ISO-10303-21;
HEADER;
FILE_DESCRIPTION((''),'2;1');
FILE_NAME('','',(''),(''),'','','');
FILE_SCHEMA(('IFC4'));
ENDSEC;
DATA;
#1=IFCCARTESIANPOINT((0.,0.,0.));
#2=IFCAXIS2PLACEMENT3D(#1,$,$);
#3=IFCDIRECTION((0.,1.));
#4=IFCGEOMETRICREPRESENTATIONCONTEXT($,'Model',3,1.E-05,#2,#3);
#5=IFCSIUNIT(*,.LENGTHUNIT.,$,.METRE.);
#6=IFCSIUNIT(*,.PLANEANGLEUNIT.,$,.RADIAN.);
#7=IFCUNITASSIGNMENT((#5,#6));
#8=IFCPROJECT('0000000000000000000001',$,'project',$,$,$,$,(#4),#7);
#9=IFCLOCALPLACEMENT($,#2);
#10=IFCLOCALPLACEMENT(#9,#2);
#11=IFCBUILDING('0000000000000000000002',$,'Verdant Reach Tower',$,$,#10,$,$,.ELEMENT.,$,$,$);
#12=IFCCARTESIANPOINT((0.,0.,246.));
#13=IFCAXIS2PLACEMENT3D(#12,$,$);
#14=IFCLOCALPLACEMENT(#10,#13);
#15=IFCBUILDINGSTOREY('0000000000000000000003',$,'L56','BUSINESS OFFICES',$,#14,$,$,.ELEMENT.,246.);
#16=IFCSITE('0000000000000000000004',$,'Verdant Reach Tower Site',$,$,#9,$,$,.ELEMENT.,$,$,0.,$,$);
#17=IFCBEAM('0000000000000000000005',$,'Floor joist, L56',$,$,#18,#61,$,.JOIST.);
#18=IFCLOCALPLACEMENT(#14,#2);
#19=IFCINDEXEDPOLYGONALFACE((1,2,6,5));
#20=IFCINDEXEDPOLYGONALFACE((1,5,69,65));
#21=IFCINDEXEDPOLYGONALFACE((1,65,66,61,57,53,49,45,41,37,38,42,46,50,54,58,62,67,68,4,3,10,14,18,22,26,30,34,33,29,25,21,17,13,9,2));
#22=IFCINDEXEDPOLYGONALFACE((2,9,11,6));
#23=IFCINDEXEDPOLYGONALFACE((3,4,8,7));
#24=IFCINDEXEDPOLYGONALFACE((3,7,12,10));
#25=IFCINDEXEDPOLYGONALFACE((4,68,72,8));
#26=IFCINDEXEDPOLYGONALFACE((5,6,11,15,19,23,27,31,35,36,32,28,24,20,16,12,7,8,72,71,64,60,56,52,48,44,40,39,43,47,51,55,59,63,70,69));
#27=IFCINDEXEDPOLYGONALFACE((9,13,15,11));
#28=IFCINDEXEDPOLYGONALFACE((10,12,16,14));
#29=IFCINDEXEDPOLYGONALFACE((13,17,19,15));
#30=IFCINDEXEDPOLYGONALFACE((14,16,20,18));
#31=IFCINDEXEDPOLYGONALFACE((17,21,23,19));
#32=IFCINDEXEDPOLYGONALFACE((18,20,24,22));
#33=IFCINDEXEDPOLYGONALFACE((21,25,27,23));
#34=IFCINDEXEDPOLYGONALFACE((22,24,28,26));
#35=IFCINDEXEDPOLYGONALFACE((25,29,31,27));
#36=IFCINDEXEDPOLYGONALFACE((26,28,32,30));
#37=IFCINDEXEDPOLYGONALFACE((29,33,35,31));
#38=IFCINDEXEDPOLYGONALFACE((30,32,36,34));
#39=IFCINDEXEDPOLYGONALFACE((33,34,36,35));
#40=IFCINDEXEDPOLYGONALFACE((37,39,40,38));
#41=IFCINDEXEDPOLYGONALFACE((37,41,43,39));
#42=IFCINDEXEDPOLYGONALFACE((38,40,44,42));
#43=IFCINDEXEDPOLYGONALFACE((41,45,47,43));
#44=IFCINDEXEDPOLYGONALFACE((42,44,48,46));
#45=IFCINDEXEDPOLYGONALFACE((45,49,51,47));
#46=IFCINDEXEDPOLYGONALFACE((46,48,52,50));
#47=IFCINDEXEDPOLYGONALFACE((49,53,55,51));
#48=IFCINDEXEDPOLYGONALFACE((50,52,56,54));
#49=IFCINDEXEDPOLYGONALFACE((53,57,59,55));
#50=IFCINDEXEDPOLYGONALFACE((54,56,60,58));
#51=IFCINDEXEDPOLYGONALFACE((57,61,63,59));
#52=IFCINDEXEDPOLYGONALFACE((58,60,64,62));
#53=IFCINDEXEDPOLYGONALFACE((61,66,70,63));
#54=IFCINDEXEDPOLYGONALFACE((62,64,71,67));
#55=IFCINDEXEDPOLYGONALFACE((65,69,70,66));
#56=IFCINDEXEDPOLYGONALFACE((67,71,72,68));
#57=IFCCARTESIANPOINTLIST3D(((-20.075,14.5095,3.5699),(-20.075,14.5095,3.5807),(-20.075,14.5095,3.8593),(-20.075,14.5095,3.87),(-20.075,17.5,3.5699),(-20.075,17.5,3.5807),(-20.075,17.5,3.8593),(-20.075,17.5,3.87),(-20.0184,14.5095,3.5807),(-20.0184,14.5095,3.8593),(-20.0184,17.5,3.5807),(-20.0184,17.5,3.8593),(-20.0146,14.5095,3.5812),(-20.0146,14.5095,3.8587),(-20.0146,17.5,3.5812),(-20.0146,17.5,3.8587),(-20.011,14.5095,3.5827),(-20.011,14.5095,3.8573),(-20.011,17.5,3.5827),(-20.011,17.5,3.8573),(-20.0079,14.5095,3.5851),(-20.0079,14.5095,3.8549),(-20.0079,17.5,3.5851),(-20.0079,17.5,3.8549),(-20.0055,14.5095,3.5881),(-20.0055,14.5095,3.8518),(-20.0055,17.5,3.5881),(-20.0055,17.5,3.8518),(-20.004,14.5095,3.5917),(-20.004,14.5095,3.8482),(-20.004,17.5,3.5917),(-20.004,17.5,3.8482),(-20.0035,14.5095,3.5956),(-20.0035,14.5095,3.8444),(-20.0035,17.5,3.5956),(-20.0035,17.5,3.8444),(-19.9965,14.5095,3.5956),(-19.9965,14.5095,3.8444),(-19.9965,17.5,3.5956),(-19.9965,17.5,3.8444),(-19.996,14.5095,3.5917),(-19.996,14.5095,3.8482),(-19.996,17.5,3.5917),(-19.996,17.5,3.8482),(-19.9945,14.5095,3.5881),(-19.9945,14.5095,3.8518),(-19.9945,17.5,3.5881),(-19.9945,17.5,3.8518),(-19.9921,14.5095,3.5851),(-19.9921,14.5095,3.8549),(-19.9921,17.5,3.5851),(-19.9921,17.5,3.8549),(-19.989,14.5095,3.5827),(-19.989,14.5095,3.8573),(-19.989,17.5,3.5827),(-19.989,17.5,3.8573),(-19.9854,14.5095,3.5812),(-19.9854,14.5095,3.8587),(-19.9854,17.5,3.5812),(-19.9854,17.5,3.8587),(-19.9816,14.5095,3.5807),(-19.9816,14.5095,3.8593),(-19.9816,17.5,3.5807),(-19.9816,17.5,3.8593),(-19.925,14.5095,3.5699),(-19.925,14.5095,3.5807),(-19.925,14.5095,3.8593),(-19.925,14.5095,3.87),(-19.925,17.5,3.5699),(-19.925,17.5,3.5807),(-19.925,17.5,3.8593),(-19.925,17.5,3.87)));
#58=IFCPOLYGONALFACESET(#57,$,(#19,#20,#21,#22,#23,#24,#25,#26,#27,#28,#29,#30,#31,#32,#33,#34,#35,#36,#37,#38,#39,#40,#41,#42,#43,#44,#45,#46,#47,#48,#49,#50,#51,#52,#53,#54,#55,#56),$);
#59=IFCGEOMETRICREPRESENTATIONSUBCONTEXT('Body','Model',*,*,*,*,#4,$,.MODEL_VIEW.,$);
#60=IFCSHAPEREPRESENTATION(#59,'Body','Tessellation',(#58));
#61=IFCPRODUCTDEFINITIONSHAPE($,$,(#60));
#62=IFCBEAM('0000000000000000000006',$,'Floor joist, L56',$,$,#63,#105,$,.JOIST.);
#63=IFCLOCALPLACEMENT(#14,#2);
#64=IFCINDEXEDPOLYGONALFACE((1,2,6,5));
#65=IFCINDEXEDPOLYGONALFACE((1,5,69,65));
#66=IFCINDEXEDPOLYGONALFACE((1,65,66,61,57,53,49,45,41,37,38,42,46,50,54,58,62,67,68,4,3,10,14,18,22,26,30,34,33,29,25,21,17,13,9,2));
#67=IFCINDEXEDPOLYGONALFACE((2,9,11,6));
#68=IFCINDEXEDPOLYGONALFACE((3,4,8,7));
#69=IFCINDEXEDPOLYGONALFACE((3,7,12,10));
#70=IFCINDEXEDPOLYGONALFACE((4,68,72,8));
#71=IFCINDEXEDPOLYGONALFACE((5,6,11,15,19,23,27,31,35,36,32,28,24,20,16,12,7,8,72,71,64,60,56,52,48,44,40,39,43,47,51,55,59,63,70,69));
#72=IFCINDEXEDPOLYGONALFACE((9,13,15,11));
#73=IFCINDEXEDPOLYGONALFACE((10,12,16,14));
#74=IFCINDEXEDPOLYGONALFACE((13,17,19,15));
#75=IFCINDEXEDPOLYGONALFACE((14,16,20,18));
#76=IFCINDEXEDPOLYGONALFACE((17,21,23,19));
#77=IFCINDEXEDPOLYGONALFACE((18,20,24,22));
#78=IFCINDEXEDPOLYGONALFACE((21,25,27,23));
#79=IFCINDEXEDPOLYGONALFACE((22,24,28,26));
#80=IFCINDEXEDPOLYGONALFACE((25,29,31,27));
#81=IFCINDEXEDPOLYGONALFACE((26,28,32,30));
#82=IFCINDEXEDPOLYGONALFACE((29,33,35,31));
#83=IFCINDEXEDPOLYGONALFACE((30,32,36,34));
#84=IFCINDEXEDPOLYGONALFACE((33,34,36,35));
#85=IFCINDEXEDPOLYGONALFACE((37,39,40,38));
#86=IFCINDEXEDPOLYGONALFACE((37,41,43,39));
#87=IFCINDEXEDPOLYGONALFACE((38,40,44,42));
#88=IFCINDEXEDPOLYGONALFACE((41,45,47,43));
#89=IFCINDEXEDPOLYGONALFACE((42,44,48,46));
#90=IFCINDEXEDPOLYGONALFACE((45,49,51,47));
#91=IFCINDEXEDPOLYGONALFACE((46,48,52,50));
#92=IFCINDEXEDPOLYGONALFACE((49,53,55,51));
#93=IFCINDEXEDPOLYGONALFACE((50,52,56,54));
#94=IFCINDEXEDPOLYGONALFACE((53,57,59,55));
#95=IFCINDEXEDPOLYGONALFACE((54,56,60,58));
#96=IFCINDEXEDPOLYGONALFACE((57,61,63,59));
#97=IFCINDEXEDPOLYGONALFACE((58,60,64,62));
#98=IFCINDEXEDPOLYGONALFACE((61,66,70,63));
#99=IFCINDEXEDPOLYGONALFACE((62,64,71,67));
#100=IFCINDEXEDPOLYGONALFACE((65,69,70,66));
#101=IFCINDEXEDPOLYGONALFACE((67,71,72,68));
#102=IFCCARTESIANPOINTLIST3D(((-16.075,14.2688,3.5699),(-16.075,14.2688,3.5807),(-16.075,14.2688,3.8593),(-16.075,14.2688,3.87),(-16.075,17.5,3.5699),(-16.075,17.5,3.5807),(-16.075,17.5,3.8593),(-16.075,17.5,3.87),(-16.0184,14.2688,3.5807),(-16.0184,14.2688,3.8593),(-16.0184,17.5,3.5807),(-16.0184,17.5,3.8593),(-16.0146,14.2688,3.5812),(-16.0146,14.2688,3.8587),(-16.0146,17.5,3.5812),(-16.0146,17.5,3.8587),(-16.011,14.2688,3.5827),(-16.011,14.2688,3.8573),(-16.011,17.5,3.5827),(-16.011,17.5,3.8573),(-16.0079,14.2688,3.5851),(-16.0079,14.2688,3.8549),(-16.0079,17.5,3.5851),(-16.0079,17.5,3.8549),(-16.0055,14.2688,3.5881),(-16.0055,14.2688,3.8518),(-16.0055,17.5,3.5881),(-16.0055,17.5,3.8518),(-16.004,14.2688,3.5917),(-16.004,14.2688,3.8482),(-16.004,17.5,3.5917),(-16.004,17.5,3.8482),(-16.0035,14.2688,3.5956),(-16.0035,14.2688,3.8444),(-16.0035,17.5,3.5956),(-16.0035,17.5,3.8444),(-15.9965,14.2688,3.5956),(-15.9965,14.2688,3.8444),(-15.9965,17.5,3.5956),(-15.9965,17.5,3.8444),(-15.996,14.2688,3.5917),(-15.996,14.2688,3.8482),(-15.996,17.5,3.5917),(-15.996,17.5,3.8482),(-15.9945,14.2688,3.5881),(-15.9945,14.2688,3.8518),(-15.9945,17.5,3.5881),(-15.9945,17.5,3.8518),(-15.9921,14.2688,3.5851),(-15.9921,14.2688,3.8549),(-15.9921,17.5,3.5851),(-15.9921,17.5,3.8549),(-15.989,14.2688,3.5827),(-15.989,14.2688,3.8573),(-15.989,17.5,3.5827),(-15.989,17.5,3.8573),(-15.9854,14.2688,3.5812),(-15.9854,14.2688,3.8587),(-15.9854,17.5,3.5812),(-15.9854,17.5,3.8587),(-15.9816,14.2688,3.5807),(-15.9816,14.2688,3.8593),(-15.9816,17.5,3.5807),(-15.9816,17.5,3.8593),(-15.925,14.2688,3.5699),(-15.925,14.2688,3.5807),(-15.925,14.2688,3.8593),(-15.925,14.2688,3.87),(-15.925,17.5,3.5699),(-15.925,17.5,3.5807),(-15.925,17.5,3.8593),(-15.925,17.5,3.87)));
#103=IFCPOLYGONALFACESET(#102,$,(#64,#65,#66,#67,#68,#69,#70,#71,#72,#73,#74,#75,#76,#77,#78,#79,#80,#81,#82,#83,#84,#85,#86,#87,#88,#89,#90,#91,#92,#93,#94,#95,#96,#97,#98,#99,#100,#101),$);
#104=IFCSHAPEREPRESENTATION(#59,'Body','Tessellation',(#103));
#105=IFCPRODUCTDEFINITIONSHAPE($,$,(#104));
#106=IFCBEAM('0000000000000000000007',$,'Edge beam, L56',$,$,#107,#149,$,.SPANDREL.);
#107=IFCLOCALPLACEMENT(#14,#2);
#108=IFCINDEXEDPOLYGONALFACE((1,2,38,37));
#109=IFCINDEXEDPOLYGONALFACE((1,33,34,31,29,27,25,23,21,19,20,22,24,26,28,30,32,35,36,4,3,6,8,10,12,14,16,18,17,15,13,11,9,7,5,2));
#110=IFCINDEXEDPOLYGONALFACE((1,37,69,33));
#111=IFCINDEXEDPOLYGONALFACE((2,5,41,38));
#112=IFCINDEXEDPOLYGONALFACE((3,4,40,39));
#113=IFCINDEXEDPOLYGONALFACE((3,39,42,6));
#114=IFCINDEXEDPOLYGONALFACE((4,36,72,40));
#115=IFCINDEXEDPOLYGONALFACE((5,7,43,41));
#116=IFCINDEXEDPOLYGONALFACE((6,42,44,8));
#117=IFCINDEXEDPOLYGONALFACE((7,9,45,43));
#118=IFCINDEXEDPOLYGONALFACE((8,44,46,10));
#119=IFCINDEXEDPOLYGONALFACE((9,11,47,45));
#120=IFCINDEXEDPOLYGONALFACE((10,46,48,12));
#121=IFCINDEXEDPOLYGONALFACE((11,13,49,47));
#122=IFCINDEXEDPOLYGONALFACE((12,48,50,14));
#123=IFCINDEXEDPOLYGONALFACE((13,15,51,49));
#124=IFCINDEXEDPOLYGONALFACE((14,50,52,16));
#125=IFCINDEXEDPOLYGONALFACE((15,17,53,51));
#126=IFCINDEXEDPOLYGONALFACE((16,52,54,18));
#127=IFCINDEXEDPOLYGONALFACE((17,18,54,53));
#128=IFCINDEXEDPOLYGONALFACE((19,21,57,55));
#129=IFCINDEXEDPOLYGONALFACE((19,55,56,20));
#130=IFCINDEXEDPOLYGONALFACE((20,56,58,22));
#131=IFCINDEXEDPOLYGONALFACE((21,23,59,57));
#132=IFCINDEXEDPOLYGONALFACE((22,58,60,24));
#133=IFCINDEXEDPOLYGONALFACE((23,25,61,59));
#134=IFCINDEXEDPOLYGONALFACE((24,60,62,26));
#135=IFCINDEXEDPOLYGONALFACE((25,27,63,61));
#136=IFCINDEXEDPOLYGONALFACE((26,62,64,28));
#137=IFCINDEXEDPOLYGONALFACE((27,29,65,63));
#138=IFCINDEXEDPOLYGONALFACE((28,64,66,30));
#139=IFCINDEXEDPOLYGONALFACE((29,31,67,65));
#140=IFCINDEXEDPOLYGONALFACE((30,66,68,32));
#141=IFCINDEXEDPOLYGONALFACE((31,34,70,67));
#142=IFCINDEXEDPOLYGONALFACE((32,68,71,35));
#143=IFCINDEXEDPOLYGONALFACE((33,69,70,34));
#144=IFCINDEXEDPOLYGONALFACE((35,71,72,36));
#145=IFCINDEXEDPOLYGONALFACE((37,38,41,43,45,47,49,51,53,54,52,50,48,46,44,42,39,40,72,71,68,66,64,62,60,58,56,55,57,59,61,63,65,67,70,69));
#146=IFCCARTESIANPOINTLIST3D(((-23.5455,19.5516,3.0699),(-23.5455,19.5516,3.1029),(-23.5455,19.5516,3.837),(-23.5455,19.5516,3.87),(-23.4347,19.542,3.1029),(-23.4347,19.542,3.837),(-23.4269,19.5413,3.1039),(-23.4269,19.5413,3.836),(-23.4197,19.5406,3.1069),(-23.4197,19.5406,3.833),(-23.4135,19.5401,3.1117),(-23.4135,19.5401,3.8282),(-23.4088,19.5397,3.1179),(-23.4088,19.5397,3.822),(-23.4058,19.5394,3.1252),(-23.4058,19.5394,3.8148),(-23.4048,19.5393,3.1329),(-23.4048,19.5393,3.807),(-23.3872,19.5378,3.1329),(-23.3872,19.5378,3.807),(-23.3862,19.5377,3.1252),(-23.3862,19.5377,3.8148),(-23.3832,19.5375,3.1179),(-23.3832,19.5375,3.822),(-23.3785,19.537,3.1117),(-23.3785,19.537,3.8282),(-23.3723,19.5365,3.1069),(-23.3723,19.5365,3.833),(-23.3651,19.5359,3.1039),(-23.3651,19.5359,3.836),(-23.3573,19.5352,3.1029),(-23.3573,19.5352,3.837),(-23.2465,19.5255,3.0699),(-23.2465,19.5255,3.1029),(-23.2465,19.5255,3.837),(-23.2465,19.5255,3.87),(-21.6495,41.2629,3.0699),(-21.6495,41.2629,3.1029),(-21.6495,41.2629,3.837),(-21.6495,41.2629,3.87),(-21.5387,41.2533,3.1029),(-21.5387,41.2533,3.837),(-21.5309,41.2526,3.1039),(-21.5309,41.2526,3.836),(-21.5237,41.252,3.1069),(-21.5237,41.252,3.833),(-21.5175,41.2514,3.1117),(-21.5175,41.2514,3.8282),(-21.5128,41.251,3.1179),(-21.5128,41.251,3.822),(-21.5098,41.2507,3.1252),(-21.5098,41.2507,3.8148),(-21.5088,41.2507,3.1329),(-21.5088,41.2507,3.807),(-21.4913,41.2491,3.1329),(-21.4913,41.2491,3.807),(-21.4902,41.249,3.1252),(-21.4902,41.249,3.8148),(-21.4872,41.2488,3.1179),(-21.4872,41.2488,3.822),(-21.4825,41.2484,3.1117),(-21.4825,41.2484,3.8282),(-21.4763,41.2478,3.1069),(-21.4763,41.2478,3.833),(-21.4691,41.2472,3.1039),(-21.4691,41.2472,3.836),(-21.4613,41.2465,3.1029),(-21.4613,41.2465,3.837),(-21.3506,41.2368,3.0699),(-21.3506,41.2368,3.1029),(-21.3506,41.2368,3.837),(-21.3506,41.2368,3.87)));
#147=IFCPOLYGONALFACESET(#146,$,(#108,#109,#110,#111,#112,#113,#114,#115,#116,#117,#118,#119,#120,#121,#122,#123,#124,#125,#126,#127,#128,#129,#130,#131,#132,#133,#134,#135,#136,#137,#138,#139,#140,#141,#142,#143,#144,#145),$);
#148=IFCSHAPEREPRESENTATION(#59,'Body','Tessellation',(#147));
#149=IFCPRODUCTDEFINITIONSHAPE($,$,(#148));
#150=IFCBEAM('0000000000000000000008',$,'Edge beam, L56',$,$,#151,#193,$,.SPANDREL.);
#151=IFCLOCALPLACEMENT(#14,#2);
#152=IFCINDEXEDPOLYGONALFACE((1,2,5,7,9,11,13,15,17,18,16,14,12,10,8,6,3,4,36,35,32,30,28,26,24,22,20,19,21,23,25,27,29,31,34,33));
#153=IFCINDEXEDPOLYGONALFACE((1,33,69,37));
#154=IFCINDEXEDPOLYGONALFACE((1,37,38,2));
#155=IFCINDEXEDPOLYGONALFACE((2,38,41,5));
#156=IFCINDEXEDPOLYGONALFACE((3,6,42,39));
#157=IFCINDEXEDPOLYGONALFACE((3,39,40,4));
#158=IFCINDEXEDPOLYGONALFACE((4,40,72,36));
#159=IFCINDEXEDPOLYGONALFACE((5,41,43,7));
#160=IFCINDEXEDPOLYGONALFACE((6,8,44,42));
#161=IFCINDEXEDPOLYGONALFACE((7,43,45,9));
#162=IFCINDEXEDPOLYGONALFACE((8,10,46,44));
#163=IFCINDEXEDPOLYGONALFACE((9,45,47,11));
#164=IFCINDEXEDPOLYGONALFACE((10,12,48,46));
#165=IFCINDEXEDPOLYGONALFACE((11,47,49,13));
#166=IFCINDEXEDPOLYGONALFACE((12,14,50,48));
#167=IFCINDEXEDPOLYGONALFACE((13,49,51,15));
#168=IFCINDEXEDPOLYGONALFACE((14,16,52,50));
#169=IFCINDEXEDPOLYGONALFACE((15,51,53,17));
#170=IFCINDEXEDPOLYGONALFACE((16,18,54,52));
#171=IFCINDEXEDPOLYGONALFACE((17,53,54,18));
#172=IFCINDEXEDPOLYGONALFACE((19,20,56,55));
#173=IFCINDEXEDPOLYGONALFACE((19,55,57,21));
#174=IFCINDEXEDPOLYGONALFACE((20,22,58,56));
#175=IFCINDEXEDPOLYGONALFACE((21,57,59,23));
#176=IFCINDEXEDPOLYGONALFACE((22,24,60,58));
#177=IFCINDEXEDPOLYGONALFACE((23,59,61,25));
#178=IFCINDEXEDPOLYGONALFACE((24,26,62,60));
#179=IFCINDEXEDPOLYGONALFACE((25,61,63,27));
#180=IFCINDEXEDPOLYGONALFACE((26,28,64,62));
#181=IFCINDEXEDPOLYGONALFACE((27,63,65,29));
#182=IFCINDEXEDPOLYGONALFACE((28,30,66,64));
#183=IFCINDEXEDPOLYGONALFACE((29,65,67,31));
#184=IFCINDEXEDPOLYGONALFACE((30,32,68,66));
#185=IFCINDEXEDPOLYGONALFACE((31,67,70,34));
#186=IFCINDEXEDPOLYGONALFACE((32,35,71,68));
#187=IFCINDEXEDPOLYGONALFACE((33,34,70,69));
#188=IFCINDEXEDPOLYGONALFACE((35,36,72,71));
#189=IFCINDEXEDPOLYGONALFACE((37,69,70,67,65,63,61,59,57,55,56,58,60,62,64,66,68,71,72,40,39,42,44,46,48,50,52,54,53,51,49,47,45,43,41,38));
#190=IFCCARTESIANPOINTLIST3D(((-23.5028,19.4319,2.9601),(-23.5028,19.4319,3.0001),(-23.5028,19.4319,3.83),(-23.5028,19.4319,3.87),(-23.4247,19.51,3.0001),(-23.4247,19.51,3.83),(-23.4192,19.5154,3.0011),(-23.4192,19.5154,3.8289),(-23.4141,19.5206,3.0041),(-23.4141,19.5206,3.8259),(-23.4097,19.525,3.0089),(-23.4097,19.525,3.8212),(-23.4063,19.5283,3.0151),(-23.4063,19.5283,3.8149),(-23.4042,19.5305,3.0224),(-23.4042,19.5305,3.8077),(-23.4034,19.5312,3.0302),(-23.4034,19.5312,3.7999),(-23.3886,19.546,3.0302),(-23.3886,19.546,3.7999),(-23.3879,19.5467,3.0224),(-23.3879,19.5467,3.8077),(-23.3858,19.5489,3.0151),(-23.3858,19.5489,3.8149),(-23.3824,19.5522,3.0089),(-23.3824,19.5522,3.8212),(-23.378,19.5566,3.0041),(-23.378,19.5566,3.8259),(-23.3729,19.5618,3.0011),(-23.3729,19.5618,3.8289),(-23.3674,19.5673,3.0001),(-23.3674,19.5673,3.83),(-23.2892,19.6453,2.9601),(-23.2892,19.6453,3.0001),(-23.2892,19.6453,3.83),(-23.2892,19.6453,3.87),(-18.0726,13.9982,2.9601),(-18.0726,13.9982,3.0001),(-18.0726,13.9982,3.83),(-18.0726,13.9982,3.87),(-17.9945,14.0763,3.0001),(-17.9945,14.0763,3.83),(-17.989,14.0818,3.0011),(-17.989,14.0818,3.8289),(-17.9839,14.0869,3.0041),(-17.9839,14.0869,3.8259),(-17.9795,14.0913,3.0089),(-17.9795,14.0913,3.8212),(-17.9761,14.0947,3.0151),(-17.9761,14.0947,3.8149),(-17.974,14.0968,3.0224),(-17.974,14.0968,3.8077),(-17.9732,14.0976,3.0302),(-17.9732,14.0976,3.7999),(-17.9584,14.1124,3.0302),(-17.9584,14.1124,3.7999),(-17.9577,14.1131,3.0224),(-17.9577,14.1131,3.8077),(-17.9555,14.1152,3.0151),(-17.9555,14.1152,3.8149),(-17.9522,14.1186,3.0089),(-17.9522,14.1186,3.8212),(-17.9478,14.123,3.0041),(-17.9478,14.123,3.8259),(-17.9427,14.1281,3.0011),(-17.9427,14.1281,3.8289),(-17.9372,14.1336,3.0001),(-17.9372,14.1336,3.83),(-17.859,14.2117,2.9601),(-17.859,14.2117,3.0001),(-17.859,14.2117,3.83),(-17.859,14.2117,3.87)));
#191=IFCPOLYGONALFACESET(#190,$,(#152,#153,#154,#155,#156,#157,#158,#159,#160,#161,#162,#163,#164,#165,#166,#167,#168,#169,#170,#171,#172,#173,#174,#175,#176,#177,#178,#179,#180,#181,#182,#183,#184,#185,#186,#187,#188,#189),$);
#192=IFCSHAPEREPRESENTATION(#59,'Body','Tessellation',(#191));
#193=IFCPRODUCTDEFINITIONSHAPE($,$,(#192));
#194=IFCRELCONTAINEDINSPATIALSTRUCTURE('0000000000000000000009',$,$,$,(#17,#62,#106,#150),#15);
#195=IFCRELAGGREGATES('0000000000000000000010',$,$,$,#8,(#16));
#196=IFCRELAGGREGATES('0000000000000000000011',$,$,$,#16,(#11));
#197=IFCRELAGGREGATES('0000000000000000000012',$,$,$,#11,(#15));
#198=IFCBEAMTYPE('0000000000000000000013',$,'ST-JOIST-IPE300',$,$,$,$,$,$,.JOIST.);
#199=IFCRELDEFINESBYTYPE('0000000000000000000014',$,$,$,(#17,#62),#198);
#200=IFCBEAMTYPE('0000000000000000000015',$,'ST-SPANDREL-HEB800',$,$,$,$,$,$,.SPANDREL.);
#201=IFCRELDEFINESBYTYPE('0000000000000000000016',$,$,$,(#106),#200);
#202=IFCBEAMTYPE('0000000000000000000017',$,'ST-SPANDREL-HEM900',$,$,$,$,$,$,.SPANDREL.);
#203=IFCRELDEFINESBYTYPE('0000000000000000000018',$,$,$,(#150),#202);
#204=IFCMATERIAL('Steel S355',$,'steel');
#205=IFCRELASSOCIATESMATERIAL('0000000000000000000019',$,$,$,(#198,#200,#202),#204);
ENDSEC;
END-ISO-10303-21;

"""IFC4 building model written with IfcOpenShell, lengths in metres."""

from ifc_helpers import new_model, si_unit, direction, frame, origin, origin_2d, place, context, subcontext, project, spatial, i_section, extrude, material, material_profile, profile_set, type_object, element, save


model = new_model("IFC4")

# Units and contexts
model_context = context("Model", 3, precision=1e-05, world=origin(), true_north=direction((0.0, 1.0)))
body_context = subcontext(model_context, "Body", "Model", "MODEL_VIEW")
ifc_project = project(units=[si_unit("LENGTHUNIT", "METRE"), si_unit("PLANEANGLEUNIT", "RADIAN")], contexts=[model_context])

# Site, building, storey
site_placement = place(None, origin())
site = spatial("IfcSite", under=ifc_project, at=site_placement, Name="Verdant Reach Tower Site", CompositionType="ELEMENT", RefElevation=0.0)
building_placement = place(site_placement, origin())
building = spatial("IfcBuilding", under=site, at=building_placement, Name="Verdant Reach Tower", CompositionType="ELEMENT")
storey_placement = place(building_placement, frame((0.0, 0.0, 246.0)))
storey = spatial("IfcBuildingStorey", under=building, at=storey_placement, Name="L56", Description="BUSINESS OFFICES", CompositionType="ELEMENT", Elevation=246.0)

# Beams
ifc_material_1 = material(Name="Steel S355", Category="steel")
ifc_material_profile_1 = material_profile(ifc_material_1, i_section(OverallWidth=0.1499, OverallDepth=0.3, WebThickness=0.0071, FlangeThickness=0.0107, FilletRadius=0.0149, at=origin_2d()), Name="IPE 300")
ifc_profile_set_1 = profile_set([ifc_material_profile_1], Name="Steel S355")
beam_type_1 = type_object("IfcBeamType", Name="ST-JOIST-IPE300", PredefinedType="JOIST", material=ifc_profile_set_1)
beam_1_placement = place(storey_placement, frame((-20.0, 17.5, 3.72), z_axis=(0.0, -1.0, 0.0), x_axis=(1.0, 0.0, 0.0)))
element("IfcBeam", 1, at=beam_1_placement, inside=storey, type_object=beam_type_1, Name="Floor joist, L56", PredefinedType="JOIST", context=body_context, shape_type="SweptSolid", body=[
    extrude(i_section(OverallWidth=0.1499, OverallDepth=0.3, WebThickness=0.0071, FlangeThickness=0.0107, FilletRadius=0.0149, at=origin_2d()), origin(), (0.0, 0.0, 1.0), 2.9905),
])
beam_2_placement = place(storey_placement, frame((-16.0, 17.5, 3.72), z_axis=(0.0, -1.0, 0.0), x_axis=(1.0, 0.0, 0.0)))
element("IfcBeam", 2, at=beam_2_placement, inside=storey, type_object=beam_type_1, Name="Floor joist, L56", PredefinedType="JOIST", context=body_context, shape_type="SweptSolid", body=[
    extrude(i_section(OverallWidth=0.1499, OverallDepth=0.3, WebThickness=0.0071, FlangeThickness=0.0107, FilletRadius=0.0149, at=origin_2d()), origin(), (0.0, 0.0, 1.0), 3.2312),
])
ifc_material_profile_2 = material_profile(ifc_material_1, i_section(OverallWidth=0.3, OverallDepth=0.8, WebThickness=0.0176, FlangeThickness=0.033, FilletRadius=0.03, at=origin_2d()), Name="HEB 800")
ifc_profile_set_2 = profile_set([ifc_material_profile_2], Name="Steel S355")
beam_type_2 = type_object("IfcBeamType", Name="ST-SPANDREL-HEB800", PredefinedType="SPANDREL", material=ifc_profile_set_2)
beam_3_placement = place(storey_placement, frame((-23.396, 19.5386, 3.47), z_axis=(0.086996, 0.996209, 0.0), x_axis=(-0.996209, 0.086996, 0.0)))
element("IfcBeam", 3, at=beam_3_placement, inside=storey, type_object=beam_type_2, Name="Edge beam, L56", PredefinedType="SPANDREL", context=body_context, shape_type="SweptSolid", body=[
    extrude(i_section(OverallWidth=0.3, OverallDepth=0.8, WebThickness=0.0176, FlangeThickness=0.033, FilletRadius=0.03, at=origin_2d()), origin(), (0.0, 0.0, 1.0), 21.7939),
])
ifc_material_profile_3 = material_profile(ifc_material_1, i_section(OverallWidth=0.302, OverallDepth=0.9099, WebThickness=0.021, FlangeThickness=0.04, FilletRadius=0.03, at=origin_2d()), Name="HEM 900")
ifc_profile_set_3 = profile_set([ifc_material_profile_3], Name="Steel S355")
beam_type_3 = type_object("IfcBeamType", Name="ST-SPANDREL-HEM900", PredefinedType="SPANDREL", material=ifc_profile_set_3)
beam_4_placement = place(storey_placement, frame((-17.9658, 14.105, 3.415), z_axis=(-0.706884, 0.707329, 0.0), x_axis=(-0.707329, -0.706884, 0.0)))
element("IfcBeam", 4, at=beam_4_placement, inside=storey, type_object=beam_type_3, Name="Edge beam, L56", PredefinedType="SPANDREL", context=body_context, shape_type="SweptSolid", body=[
    extrude(i_section(OverallWidth=0.302, OverallDepth=0.9099, WebThickness=0.021, FlangeThickness=0.04, FilletRadius=0.03, at=origin_2d()), origin(), (0.0, 0.0, 1.0), 7.6819),
])

save(model, "model.ifc")
